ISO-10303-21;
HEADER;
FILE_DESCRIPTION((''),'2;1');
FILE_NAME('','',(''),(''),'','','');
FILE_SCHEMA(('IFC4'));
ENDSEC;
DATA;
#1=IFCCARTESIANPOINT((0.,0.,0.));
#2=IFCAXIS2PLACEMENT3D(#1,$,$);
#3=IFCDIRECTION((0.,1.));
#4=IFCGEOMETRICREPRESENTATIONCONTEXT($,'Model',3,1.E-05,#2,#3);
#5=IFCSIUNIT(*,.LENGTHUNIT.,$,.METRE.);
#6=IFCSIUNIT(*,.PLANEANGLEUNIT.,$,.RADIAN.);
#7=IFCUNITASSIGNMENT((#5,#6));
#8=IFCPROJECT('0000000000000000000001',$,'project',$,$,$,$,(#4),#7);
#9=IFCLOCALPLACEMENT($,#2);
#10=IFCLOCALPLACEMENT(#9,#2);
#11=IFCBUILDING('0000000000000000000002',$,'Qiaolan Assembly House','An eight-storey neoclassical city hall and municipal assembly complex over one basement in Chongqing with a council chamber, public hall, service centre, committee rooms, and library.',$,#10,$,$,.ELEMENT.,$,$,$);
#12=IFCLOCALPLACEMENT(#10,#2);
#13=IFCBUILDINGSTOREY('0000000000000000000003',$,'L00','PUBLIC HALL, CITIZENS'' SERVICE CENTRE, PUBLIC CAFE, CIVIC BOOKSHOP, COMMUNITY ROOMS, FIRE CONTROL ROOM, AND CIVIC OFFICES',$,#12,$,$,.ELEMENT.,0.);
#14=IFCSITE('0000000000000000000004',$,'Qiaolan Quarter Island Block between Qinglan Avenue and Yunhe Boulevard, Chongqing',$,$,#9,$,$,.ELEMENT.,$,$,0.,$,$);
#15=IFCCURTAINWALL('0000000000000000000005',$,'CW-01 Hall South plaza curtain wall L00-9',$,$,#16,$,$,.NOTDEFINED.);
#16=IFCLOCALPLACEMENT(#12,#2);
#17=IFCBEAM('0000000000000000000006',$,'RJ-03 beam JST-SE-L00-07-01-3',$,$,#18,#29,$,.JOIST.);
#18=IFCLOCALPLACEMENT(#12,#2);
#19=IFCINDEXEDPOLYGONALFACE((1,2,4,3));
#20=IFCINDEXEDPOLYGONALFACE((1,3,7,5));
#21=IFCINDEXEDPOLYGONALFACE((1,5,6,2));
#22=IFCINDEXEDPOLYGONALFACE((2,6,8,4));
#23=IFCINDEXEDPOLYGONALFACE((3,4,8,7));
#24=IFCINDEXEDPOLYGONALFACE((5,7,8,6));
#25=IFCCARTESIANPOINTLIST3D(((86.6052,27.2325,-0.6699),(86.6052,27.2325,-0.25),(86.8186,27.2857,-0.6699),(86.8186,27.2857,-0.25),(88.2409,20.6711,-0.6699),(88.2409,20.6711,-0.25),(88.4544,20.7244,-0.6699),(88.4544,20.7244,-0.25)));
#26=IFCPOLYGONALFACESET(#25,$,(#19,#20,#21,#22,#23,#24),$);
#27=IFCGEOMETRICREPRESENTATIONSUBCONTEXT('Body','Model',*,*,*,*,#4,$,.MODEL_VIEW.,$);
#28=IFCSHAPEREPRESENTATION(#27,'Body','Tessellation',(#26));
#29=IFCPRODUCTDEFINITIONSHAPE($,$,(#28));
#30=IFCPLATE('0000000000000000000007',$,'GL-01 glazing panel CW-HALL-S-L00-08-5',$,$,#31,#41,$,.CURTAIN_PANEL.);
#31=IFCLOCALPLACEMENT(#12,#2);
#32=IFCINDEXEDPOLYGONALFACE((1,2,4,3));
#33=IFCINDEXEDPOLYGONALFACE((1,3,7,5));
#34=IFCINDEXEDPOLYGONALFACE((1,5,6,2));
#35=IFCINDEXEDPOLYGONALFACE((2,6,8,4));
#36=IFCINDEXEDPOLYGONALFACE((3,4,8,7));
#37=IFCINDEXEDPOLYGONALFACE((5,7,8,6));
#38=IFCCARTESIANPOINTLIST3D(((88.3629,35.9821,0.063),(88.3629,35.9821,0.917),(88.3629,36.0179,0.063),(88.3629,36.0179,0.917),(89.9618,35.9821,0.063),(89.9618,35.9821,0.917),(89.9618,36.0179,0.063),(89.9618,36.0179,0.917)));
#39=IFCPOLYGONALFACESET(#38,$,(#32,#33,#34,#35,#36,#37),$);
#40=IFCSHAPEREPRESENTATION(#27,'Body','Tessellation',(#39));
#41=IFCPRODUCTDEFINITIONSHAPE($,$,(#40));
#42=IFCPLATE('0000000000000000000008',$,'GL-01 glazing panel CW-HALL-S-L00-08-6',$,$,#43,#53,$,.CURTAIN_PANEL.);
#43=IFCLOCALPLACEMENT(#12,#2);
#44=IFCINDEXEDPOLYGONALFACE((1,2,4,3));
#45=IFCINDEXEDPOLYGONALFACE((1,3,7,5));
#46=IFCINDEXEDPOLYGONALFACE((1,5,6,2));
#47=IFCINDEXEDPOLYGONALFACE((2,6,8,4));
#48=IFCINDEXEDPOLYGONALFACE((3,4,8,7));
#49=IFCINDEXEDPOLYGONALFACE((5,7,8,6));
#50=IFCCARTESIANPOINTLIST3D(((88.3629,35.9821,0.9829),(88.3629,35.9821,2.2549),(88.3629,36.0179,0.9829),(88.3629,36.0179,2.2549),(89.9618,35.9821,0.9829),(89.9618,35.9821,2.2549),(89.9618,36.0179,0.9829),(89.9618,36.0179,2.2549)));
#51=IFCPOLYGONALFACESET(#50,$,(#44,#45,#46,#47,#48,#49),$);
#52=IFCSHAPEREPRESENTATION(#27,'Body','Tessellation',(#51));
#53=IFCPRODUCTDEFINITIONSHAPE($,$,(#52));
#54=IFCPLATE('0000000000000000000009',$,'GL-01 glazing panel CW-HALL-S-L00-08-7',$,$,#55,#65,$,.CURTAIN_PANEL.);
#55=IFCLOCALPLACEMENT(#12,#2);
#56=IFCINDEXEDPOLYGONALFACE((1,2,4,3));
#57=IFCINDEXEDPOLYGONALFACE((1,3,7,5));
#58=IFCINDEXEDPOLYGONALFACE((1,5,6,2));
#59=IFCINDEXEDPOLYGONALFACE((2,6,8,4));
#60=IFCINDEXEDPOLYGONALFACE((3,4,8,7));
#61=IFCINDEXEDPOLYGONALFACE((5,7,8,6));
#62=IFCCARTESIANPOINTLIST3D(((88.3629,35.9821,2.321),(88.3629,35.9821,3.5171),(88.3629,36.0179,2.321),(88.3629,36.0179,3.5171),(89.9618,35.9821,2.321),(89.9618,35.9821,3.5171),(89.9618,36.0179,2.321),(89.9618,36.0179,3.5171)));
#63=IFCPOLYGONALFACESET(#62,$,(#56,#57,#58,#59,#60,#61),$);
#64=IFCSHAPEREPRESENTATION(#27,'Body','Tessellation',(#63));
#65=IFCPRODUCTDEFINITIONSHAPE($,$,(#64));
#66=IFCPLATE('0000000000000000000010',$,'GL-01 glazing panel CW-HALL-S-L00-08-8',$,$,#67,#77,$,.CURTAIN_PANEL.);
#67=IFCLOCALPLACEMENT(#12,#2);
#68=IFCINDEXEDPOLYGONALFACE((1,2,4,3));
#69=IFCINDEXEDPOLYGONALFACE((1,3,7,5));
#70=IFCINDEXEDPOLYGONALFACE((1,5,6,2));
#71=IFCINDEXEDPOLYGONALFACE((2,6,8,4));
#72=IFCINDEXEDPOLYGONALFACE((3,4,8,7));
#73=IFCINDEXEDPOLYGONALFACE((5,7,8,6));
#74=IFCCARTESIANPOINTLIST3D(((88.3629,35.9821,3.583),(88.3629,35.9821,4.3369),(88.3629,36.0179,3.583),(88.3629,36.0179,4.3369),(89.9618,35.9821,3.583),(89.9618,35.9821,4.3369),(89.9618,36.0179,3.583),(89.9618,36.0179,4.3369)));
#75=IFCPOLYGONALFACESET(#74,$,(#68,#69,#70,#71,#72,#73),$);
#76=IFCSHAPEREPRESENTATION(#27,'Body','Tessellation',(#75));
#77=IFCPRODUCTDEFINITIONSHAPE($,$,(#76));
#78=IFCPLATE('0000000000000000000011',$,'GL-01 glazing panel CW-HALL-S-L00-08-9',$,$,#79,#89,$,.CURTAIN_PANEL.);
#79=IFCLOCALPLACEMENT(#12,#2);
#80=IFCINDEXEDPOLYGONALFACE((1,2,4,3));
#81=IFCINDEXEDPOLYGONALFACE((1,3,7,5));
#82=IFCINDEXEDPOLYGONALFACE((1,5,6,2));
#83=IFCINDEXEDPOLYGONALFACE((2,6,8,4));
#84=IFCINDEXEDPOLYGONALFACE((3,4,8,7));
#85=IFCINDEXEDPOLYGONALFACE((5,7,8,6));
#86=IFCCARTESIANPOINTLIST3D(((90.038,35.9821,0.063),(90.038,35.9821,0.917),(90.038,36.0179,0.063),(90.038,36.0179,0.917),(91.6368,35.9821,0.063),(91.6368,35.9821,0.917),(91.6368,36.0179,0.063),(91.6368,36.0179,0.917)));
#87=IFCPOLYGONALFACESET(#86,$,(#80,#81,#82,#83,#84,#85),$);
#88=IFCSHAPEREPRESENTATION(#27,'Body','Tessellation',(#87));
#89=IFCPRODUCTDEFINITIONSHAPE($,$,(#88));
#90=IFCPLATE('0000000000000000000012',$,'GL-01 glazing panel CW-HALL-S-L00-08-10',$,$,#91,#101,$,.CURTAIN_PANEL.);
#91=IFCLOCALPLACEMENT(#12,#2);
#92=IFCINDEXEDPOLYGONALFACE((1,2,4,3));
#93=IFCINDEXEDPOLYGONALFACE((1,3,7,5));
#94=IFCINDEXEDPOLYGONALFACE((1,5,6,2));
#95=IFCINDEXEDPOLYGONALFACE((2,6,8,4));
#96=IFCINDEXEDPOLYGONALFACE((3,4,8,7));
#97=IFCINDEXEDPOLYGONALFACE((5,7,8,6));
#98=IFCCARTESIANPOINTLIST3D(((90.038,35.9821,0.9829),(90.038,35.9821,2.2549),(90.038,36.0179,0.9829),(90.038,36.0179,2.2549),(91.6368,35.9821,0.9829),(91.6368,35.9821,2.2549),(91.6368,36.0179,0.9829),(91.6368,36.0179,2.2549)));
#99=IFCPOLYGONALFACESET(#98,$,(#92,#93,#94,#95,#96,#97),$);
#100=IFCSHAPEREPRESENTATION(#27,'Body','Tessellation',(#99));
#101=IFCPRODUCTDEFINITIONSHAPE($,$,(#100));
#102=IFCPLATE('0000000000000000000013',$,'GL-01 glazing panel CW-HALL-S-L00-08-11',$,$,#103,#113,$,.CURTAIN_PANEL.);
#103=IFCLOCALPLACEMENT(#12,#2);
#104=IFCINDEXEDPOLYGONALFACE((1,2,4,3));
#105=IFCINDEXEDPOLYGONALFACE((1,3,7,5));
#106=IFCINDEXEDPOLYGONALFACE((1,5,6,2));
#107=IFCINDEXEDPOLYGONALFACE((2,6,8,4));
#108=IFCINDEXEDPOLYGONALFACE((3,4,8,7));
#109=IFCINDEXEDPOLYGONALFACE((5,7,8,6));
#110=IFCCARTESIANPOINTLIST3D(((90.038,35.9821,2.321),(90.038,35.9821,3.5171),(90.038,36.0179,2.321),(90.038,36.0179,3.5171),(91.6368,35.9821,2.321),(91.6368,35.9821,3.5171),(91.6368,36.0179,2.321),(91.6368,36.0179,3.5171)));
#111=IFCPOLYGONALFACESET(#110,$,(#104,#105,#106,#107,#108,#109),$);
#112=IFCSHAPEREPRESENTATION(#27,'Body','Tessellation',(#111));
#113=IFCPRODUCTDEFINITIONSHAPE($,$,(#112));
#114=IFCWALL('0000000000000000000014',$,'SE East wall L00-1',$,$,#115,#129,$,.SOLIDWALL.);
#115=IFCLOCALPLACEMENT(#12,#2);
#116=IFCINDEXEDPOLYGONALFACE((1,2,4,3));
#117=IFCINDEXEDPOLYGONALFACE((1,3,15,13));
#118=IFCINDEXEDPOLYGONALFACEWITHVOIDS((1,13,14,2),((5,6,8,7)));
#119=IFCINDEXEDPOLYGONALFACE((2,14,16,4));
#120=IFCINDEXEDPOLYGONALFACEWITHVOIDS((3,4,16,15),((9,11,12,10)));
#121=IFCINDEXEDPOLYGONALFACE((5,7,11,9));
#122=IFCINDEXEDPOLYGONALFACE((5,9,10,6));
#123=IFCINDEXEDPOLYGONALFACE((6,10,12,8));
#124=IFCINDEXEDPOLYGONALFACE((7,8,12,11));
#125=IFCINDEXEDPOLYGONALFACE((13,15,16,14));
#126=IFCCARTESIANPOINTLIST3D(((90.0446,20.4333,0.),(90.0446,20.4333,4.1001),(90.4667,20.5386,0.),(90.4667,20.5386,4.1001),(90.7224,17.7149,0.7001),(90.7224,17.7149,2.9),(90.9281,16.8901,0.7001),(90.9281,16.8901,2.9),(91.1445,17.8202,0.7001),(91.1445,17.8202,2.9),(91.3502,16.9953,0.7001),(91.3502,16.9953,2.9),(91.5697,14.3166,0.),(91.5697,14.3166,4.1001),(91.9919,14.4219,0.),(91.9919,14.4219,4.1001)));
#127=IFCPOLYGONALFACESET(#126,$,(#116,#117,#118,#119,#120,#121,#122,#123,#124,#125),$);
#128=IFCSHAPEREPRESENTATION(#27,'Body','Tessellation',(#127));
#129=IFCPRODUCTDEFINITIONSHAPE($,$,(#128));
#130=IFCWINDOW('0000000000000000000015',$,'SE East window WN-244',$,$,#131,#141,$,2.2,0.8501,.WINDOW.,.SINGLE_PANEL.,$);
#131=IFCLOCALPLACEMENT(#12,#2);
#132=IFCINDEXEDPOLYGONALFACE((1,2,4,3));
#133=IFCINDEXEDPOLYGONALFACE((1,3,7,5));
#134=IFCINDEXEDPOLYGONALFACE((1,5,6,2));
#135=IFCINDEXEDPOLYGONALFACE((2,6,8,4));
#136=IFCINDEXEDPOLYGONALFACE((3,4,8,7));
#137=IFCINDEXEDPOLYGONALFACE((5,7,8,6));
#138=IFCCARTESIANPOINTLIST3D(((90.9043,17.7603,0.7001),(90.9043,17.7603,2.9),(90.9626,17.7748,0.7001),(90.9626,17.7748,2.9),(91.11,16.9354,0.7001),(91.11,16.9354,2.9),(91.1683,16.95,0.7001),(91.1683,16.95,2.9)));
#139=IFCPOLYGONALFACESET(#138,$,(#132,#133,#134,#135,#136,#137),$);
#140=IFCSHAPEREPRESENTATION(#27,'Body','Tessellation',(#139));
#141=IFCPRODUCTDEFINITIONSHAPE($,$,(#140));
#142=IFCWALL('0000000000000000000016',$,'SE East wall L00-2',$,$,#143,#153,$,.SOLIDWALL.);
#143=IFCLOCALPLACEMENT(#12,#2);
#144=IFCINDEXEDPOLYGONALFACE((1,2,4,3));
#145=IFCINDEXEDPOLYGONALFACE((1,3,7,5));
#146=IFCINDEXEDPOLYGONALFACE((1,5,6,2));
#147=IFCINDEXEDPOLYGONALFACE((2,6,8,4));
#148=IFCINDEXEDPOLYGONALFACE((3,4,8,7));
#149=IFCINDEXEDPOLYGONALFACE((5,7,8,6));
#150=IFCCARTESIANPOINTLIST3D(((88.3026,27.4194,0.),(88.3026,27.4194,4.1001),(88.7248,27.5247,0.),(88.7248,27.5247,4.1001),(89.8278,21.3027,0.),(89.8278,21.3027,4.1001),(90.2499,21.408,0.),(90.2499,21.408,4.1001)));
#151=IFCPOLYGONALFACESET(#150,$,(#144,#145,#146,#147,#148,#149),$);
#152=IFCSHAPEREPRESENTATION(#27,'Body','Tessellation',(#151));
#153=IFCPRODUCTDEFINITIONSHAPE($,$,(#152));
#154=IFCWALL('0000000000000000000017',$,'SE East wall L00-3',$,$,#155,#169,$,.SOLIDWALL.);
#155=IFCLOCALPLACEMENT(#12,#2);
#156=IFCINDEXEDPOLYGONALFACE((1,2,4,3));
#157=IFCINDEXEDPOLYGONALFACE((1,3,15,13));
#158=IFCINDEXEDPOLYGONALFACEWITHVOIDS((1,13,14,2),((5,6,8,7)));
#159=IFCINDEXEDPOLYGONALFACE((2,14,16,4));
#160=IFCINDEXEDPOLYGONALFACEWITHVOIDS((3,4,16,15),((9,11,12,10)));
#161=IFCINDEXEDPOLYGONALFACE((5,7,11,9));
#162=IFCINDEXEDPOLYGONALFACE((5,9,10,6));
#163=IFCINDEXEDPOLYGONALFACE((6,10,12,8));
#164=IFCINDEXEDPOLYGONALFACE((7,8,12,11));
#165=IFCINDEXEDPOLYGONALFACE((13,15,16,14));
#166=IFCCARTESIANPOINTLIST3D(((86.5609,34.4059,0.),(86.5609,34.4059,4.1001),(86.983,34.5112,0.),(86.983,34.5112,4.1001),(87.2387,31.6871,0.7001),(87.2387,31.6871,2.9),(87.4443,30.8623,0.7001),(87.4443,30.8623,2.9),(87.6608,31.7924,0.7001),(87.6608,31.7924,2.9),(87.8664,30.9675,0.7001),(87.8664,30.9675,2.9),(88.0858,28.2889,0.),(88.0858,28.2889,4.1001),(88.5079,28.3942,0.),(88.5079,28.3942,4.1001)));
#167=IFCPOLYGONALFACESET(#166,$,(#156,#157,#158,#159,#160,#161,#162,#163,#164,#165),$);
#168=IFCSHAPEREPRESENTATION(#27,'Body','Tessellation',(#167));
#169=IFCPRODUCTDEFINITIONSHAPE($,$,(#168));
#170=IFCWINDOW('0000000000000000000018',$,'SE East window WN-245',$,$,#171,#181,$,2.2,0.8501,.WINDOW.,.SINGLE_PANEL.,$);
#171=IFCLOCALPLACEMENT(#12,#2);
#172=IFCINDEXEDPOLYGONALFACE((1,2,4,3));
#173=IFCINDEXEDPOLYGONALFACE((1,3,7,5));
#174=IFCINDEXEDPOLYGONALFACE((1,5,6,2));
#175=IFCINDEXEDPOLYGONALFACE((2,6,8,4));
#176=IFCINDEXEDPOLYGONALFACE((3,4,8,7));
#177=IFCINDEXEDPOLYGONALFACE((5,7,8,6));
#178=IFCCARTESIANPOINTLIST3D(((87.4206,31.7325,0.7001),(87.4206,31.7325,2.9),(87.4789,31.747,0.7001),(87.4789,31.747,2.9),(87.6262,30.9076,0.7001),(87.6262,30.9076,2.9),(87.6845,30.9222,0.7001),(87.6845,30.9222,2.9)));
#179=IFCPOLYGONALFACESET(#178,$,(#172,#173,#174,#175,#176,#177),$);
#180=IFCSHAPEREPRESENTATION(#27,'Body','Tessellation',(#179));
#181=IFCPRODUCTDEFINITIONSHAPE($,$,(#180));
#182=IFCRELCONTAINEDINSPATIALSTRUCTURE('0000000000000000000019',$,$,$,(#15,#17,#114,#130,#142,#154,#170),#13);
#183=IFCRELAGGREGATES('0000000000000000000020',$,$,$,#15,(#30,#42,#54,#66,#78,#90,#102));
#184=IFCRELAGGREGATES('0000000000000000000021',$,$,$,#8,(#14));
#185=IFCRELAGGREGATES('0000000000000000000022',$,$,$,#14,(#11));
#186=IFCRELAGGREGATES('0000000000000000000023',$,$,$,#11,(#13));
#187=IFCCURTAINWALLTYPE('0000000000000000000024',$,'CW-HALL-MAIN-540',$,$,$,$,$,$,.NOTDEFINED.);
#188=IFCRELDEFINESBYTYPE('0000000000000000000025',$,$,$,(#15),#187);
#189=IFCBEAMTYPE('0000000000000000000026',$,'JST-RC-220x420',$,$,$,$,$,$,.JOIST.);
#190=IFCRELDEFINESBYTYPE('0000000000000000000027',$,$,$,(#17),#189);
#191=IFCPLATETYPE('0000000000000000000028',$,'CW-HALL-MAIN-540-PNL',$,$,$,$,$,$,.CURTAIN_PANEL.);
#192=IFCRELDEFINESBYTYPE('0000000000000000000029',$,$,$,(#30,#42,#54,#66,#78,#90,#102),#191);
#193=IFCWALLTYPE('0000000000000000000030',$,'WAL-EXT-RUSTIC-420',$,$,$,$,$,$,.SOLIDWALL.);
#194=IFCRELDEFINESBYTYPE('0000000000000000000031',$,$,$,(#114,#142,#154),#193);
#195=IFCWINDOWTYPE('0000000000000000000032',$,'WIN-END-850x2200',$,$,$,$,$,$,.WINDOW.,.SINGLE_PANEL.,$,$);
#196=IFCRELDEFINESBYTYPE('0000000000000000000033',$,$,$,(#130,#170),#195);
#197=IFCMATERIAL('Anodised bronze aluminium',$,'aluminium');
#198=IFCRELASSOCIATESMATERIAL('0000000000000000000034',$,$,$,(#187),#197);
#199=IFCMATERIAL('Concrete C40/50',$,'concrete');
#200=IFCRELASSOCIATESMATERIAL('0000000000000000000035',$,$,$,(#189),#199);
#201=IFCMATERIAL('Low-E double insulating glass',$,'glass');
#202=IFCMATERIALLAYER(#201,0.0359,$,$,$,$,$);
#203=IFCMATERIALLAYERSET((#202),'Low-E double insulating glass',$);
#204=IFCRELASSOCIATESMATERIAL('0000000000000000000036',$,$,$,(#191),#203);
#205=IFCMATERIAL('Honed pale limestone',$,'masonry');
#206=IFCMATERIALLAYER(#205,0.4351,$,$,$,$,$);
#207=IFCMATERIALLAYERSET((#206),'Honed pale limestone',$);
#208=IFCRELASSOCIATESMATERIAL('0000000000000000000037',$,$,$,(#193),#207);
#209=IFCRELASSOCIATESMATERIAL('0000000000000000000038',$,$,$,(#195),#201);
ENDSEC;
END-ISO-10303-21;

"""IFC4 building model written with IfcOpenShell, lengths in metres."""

from ifc_helpers import new_model, si_unit, direction, frame, frame_2d, origin, origin_2d, place, context, subcontext, project, spatial, rectangle, extrude, material, layer, layer_set, material_profile, profile_set, type_object, element, fill, aggregate, save


model = new_model("IFC4")

# Units and contexts
model_context = context("Model", 3, precision=1e-05, world=origin(), true_north=direction((0.0, 1.0)))
body_context = subcontext(model_context, "Body", "Model", "MODEL_VIEW")
ifc_project = project(units=[si_unit("LENGTHUNIT", "METRE"), si_unit("PLANEANGLEUNIT", "RADIAN")], contexts=[model_context])

# Site, building, storey
site_placement = place(None, origin())
site = spatial("IfcSite", under=ifc_project, at=site_placement, Name="Qiaolan Quarter Island Block between Qinglan Avenue and Yunhe Boulevard, Chongqing", CompositionType="ELEMENT", RefElevation=0.0)
building_placement = place(site_placement, origin())
building = spatial("IfcBuilding", under=site, at=building_placement, Name="Qiaolan Assembly House", Description="An eight-storey neoclassical city hall and municipal assembly complex over one basement in Chongqing with a council chamber, public hall, service centre, committee rooms, and library.", CompositionType="ELEMENT")
storey_placement = place(building_placement, origin())
storey = spatial("IfcBuildingStorey", under=building, at=storey_placement, Name="L00", Description="PUBLIC HALL, CITIZENS' SERVICE CENTRE, PUBLIC CAFE, CIVIC BOOKSHOP, COMMUNITY ROOMS, FIRE CONTROL ROOM, AND CIVIC OFFICES", CompositionType="ELEMENT", Elevation=0.0)

# Shared definitions
ifc_material_1 = material(Name="Concrete C40/50", Category="concrete")

# Curtain wall
ifc_material_2 = material(Name="Anodised bronze aluminium", Category="aluminium")
curtain_wall_type = type_object("IfcCurtainWallType", Name="CW-HALL-MAIN-540", PredefinedType="NOTDEFINED", material=ifc_material_2)
curtain_wall_placement = place(storey_placement, origin())
curtain_wall = element("IfcCurtainWall", 1, at=curtain_wall_placement, inside=storey, type_object=curtain_wall_type, Name="CW-01 Hall South plaza curtain wall L00-9", PredefinedType="NOTDEFINED")

# Beam
ifc_material_profile_1 = material_profile(ifc_material_1, rectangle(XDim=0.22, YDim=0.4199, at=origin_2d()), Name="RCB 220x420")
ifc_profile_set_1 = profile_set([ifc_material_profile_1], Name="Concrete C40/50")
beam_type_1 = type_object("IfcBeamType", Name="JST-RC-220x420", PredefinedType="JOIST", material=ifc_profile_set_1)
for number, where, z_axis, x_axis, name in (
    (2, (88.3477, 20.6978, -0.46), (-0.241898, 0.970302, 0.0), (-0.970302, -0.241898, 0.0), "RJ-03 beam JST-SE-L00-07-01-3"),
):
    element("IfcBeam", number, at=place(storey_placement, frame(where, z_axis=z_axis, x_axis=x_axis)), inside=storey, type_object=beam_type_1, Name=name, PredefinedType="JOIST", context=body_context, shape_type="SweptSolid", body=[
        extrude(rectangle(XDim=0.22, YDim=0.4199, at=origin_2d()), origin(), (0.0, 0.0, 1.0), 6.7622),
    ])

# Plates
ifc_material_3 = material(Name="Low-E double insulating glass", Category="glass")
ifc_layer_1 = layer(ifc_material_3, 0.0359)
ifc_layer_set_1 = layer_set([ifc_layer_1], Name="Low-E double insulating glass")
plate_type = type_object("IfcPlateType", Name="CW-HALL-MAIN-540-PNL", PredefinedType="CURTAIN_PANEL", material=ifc_layer_set_1)
plate_1_placement = place(storey_placement, frame((88.363, 36.0, 0.063), z_axis=(0.0, 0.0, 1.0), x_axis=(1.0, 0.0, 0.0)))
plate_1 = element("IfcPlate", 3, at=plate_1_placement, type_object=plate_type, Name="GL-01 glazing panel CW-HALL-S-L00-08-5", PredefinedType="CURTAIN_PANEL", context=body_context, shape_type="SweptSolid", body=[
    extrude(rectangle(XDim=1.5989, YDim=0.0359, at=frame_2d((0.7993, 0.0))), origin(), (0.0, 0.0, 1.0), 0.854),
])
plate_2_placement = place(storey_placement, frame((88.363, 36.0, 0.9829), z_axis=(0.0, 0.0, 1.0), x_axis=(1.0, 0.0, 0.0)))
plate_2 = element("IfcPlate", 4, at=plate_2_placement, type_object=plate_type, Name="GL-01 glazing panel CW-HALL-S-L00-08-6", PredefinedType="CURTAIN_PANEL", context=body_context, shape_type="SweptSolid", body=[
    extrude(rectangle(XDim=1.5989, YDim=0.0359, at=frame_2d((0.7993, 0.0))), origin(), (0.0, 0.0, 1.0), 1.272),
])
plate_3_placement = place(storey_placement, frame((88.363, 36.0, 2.321), z_axis=(0.0, 0.0, 1.0), x_axis=(1.0, 0.0, 0.0)))
plate_3 = element("IfcPlate", 5, at=plate_3_placement, type_object=plate_type, Name="GL-01 glazing panel CW-HALL-S-L00-08-7", PredefinedType="CURTAIN_PANEL", context=body_context, shape_type="SweptSolid", body=[
    extrude(rectangle(XDim=1.5989, YDim=0.0359, at=frame_2d((0.7993, 0.0))), origin(), (0.0, 0.0, 1.0), 1.196),
])
plate_4_placement = place(storey_placement, frame((88.363, 36.0, 3.583), z_axis=(0.0, 0.0, 1.0), x_axis=(1.0, 0.0, 0.0)))
plate_4 = element("IfcPlate", 6, at=plate_4_placement, type_object=plate_type, Name="GL-01 glazing panel CW-HALL-S-L00-08-8", PredefinedType="CURTAIN_PANEL", context=body_context, shape_type="SweptSolid", body=[
    extrude(rectangle(XDim=1.5989, YDim=0.0359, at=frame_2d((0.7993, 0.0))), origin(), (0.0, 0.0, 1.0), 0.7539),
])
plate_5_placement = place(storey_placement, frame((90.0381, 36.0, 0.063), z_axis=(0.0, 0.0, 1.0), x_axis=(1.0, 0.0, 0.0)))
plate_5 = element("IfcPlate", 7, at=plate_5_placement, type_object=plate_type, Name="GL-01 glazing panel CW-HALL-S-L00-08-9", PredefinedType="CURTAIN_PANEL", context=body_context, shape_type="SweptSolid", body=[
    extrude(rectangle(XDim=1.5989, YDim=0.0359, at=frame_2d((0.7993, 0.0))), origin(), (0.0, 0.0, 1.0), 0.854),
])
plate_6_placement = place(storey_placement, frame((90.0381, 36.0, 0.9829), z_axis=(0.0, 0.0, 1.0), x_axis=(1.0, 0.0, 0.0)))
plate_6 = element("IfcPlate", 8, at=plate_6_placement, type_object=plate_type, Name="GL-01 glazing panel CW-HALL-S-L00-08-10", PredefinedType="CURTAIN_PANEL", context=body_context, shape_type="SweptSolid", body=[
    extrude(rectangle(XDim=1.5989, YDim=0.0359, at=frame_2d((0.7993, 0.0))), origin(), (0.0, 0.0, 1.0), 1.272),
])
plate_7_placement = place(storey_placement, frame((90.0381, 36.0, 2.321), z_axis=(0.0, 0.0, 1.0), x_axis=(1.0, 0.0, 0.0)))
plate_7 = element("IfcPlate", 9, at=plate_7_placement, type_object=plate_type, Name="GL-01 glazing panel CW-HALL-S-L00-08-11", PredefinedType="CURTAIN_PANEL", context=body_context, shape_type="SweptSolid", body=[
    extrude(rectangle(XDim=1.5989, YDim=0.0359, at=frame_2d((0.7993, 0.0))), origin(), (0.0, 0.0, 1.0), 1.196),
])
aggregate(curtain_wall, [plate_1, plate_2, plate_3, plate_4, plate_5, plate_6, plate_7])

# Wall, opening, window
ifc_material_4 = material(Name="Honed pale limestone", Category="masonry")
ifc_layer_2 = layer(ifc_material_4, 0.4351)
ifc_layer_set_2 = layer_set([ifc_layer_2], Name="Honed pale limestone")
wall_type = type_object("IfcWallType", Name="WAL-EXT-RUSTIC-420", PredefinedType="SOLIDWALL", material=ifc_layer_set_2)
wall_1_placement = place(storey_placement, frame((91.7808, 14.3694, 0.0), z_axis=(0.0, 0.0, 1.0), x_axis=(-0.241934, 0.970293, 0.0)))
wall_1 = element("IfcWall", 10, at=wall_1_placement, inside=storey, type_object=wall_type, Name="SE East wall L00-1", PredefinedType="SOLIDWALL", context=body_context, shape_type="SweptSolid", body=[
    extrude(rectangle(XDim=6.304, YDim=0.4351, at=frame_2d((3.1519, 0.0))), origin(), (0.0, 0.0, 1.0), 4.1001),
])
opening_1_placement = place(wall_1_placement, frame((2.6521, 0.0, 0.7)))
opening_1 = element("IfcOpeningElement", 11, at=opening_1_placement, cuts=wall_1, PredefinedType="OPENING", context=body_context, shape_type="SweptSolid", body=[
    extrude(rectangle(XDim=0.8501, YDim=2.2, at=frame_2d((0.425, 1.1001))), frame((0.0, 0.2275, 0.0), z_axis=(0.0, -1.0, 0.0), x_axis=(1.0, 0.0, 0.0)), (0.0, 0.0, 1.0), 0.4551),
])
window_type = type_object("IfcWindowType", Name="WIN-END-850x2200", PartitioningType="SINGLE_PANEL", PredefinedType="WINDOW", material=ifc_material_3)
window_1_placement = place(opening_1_placement, origin())
window_1 = element("IfcWindow", 12, at=window_1_placement, inside=storey, type_object=window_type, Name="SE East window WN-244", OverallHeight=2.2, OverallWidth=0.8501, PartitioningType="SINGLE_PANEL", PredefinedType="WINDOW", context=body_context, shape_type="SweptSolid", body=[
    extrude(rectangle(XDim=0.8501, YDim=2.2, at=frame_2d((0.425, 1.1001))), frame((0.0, 0.03, 0.0), z_axis=(0.0, -1.0, 0.0), x_axis=(1.0, 0.0, 0.0)), (0.0, 0.0, 1.0), 0.0601),
])
fill(opening_1, window_1)

# Wall
wall_2_placement = place(storey_placement, frame((90.0388, 21.3555, 0.0), z_axis=(0.0, 0.0, 1.0), x_axis=(-0.241934, 0.970293, 0.0)))
element("IfcWall", 13, at=wall_2_placement, inside=storey, type_object=wall_type, Name="SE East wall L00-2", PredefinedType="SOLIDWALL", context=body_context, shape_type="SweptSolid", body=[
    extrude(rectangle(XDim=6.304, YDim=0.4351, at=frame_2d((3.1519, 0.0))), origin(), (0.0, 0.0, 1.0), 4.1001),
])

# Wall, opening, window
wall_3_placement = place(storey_placement, frame((88.2969, 28.3416, 0.0), z_axis=(0.0, 0.0, 1.0), x_axis=(-0.241889, 0.970304, 0.0)))
wall_3 = element("IfcWall", 14, at=wall_3_placement, inside=storey, type_object=wall_type, Name="SE East wall L00-3", PredefinedType="SOLIDWALL", context=body_context, shape_type="SweptSolid", body=[
    extrude(rectangle(XDim=6.3042, YDim=0.4351, at=frame_2d((3.1521, 0.0))), origin(), (0.0, 0.0, 1.0), 4.1001),
])
opening_2_placement = place(wall_3_placement, frame((2.6521, 0.0, 0.7)))
opening_2 = element("IfcOpeningElement", 15, at=opening_2_placement, cuts=wall_3, PredefinedType="OPENING", context=body_context, shape_type="SweptSolid", body=[
    extrude(rectangle(XDim=0.8501, YDim=2.2, at=frame_2d((0.425, 1.1001))), frame((0.0, 0.2275, 0.0), z_axis=(0.0, -1.0, 0.0), x_axis=(1.0, 0.0, 0.0)), (0.0, 0.0, 1.0), 0.4551),
])
window_2_placement = place(opening_2_placement, origin())
window_2 = element("IfcWindow", 16, at=window_2_placement, inside=storey, type_object=window_type, Name="SE East window WN-245", OverallHeight=2.2, OverallWidth=0.8501, PartitioningType="SINGLE_PANEL", PredefinedType="WINDOW", context=body_context, shape_type="SweptSolid", body=[
    extrude(rectangle(XDim=0.8501, YDim=2.2, at=frame_2d((0.425, 1.1001))), frame((0.0, 0.03, 0.0), z_axis=(0.0, -1.0, 0.0), x_axis=(1.0, 0.0, 0.0)), (0.0, 0.0, 1.0), 0.0601),
])
fill(opening_2, window_2)

save(model, "model.ifc")
